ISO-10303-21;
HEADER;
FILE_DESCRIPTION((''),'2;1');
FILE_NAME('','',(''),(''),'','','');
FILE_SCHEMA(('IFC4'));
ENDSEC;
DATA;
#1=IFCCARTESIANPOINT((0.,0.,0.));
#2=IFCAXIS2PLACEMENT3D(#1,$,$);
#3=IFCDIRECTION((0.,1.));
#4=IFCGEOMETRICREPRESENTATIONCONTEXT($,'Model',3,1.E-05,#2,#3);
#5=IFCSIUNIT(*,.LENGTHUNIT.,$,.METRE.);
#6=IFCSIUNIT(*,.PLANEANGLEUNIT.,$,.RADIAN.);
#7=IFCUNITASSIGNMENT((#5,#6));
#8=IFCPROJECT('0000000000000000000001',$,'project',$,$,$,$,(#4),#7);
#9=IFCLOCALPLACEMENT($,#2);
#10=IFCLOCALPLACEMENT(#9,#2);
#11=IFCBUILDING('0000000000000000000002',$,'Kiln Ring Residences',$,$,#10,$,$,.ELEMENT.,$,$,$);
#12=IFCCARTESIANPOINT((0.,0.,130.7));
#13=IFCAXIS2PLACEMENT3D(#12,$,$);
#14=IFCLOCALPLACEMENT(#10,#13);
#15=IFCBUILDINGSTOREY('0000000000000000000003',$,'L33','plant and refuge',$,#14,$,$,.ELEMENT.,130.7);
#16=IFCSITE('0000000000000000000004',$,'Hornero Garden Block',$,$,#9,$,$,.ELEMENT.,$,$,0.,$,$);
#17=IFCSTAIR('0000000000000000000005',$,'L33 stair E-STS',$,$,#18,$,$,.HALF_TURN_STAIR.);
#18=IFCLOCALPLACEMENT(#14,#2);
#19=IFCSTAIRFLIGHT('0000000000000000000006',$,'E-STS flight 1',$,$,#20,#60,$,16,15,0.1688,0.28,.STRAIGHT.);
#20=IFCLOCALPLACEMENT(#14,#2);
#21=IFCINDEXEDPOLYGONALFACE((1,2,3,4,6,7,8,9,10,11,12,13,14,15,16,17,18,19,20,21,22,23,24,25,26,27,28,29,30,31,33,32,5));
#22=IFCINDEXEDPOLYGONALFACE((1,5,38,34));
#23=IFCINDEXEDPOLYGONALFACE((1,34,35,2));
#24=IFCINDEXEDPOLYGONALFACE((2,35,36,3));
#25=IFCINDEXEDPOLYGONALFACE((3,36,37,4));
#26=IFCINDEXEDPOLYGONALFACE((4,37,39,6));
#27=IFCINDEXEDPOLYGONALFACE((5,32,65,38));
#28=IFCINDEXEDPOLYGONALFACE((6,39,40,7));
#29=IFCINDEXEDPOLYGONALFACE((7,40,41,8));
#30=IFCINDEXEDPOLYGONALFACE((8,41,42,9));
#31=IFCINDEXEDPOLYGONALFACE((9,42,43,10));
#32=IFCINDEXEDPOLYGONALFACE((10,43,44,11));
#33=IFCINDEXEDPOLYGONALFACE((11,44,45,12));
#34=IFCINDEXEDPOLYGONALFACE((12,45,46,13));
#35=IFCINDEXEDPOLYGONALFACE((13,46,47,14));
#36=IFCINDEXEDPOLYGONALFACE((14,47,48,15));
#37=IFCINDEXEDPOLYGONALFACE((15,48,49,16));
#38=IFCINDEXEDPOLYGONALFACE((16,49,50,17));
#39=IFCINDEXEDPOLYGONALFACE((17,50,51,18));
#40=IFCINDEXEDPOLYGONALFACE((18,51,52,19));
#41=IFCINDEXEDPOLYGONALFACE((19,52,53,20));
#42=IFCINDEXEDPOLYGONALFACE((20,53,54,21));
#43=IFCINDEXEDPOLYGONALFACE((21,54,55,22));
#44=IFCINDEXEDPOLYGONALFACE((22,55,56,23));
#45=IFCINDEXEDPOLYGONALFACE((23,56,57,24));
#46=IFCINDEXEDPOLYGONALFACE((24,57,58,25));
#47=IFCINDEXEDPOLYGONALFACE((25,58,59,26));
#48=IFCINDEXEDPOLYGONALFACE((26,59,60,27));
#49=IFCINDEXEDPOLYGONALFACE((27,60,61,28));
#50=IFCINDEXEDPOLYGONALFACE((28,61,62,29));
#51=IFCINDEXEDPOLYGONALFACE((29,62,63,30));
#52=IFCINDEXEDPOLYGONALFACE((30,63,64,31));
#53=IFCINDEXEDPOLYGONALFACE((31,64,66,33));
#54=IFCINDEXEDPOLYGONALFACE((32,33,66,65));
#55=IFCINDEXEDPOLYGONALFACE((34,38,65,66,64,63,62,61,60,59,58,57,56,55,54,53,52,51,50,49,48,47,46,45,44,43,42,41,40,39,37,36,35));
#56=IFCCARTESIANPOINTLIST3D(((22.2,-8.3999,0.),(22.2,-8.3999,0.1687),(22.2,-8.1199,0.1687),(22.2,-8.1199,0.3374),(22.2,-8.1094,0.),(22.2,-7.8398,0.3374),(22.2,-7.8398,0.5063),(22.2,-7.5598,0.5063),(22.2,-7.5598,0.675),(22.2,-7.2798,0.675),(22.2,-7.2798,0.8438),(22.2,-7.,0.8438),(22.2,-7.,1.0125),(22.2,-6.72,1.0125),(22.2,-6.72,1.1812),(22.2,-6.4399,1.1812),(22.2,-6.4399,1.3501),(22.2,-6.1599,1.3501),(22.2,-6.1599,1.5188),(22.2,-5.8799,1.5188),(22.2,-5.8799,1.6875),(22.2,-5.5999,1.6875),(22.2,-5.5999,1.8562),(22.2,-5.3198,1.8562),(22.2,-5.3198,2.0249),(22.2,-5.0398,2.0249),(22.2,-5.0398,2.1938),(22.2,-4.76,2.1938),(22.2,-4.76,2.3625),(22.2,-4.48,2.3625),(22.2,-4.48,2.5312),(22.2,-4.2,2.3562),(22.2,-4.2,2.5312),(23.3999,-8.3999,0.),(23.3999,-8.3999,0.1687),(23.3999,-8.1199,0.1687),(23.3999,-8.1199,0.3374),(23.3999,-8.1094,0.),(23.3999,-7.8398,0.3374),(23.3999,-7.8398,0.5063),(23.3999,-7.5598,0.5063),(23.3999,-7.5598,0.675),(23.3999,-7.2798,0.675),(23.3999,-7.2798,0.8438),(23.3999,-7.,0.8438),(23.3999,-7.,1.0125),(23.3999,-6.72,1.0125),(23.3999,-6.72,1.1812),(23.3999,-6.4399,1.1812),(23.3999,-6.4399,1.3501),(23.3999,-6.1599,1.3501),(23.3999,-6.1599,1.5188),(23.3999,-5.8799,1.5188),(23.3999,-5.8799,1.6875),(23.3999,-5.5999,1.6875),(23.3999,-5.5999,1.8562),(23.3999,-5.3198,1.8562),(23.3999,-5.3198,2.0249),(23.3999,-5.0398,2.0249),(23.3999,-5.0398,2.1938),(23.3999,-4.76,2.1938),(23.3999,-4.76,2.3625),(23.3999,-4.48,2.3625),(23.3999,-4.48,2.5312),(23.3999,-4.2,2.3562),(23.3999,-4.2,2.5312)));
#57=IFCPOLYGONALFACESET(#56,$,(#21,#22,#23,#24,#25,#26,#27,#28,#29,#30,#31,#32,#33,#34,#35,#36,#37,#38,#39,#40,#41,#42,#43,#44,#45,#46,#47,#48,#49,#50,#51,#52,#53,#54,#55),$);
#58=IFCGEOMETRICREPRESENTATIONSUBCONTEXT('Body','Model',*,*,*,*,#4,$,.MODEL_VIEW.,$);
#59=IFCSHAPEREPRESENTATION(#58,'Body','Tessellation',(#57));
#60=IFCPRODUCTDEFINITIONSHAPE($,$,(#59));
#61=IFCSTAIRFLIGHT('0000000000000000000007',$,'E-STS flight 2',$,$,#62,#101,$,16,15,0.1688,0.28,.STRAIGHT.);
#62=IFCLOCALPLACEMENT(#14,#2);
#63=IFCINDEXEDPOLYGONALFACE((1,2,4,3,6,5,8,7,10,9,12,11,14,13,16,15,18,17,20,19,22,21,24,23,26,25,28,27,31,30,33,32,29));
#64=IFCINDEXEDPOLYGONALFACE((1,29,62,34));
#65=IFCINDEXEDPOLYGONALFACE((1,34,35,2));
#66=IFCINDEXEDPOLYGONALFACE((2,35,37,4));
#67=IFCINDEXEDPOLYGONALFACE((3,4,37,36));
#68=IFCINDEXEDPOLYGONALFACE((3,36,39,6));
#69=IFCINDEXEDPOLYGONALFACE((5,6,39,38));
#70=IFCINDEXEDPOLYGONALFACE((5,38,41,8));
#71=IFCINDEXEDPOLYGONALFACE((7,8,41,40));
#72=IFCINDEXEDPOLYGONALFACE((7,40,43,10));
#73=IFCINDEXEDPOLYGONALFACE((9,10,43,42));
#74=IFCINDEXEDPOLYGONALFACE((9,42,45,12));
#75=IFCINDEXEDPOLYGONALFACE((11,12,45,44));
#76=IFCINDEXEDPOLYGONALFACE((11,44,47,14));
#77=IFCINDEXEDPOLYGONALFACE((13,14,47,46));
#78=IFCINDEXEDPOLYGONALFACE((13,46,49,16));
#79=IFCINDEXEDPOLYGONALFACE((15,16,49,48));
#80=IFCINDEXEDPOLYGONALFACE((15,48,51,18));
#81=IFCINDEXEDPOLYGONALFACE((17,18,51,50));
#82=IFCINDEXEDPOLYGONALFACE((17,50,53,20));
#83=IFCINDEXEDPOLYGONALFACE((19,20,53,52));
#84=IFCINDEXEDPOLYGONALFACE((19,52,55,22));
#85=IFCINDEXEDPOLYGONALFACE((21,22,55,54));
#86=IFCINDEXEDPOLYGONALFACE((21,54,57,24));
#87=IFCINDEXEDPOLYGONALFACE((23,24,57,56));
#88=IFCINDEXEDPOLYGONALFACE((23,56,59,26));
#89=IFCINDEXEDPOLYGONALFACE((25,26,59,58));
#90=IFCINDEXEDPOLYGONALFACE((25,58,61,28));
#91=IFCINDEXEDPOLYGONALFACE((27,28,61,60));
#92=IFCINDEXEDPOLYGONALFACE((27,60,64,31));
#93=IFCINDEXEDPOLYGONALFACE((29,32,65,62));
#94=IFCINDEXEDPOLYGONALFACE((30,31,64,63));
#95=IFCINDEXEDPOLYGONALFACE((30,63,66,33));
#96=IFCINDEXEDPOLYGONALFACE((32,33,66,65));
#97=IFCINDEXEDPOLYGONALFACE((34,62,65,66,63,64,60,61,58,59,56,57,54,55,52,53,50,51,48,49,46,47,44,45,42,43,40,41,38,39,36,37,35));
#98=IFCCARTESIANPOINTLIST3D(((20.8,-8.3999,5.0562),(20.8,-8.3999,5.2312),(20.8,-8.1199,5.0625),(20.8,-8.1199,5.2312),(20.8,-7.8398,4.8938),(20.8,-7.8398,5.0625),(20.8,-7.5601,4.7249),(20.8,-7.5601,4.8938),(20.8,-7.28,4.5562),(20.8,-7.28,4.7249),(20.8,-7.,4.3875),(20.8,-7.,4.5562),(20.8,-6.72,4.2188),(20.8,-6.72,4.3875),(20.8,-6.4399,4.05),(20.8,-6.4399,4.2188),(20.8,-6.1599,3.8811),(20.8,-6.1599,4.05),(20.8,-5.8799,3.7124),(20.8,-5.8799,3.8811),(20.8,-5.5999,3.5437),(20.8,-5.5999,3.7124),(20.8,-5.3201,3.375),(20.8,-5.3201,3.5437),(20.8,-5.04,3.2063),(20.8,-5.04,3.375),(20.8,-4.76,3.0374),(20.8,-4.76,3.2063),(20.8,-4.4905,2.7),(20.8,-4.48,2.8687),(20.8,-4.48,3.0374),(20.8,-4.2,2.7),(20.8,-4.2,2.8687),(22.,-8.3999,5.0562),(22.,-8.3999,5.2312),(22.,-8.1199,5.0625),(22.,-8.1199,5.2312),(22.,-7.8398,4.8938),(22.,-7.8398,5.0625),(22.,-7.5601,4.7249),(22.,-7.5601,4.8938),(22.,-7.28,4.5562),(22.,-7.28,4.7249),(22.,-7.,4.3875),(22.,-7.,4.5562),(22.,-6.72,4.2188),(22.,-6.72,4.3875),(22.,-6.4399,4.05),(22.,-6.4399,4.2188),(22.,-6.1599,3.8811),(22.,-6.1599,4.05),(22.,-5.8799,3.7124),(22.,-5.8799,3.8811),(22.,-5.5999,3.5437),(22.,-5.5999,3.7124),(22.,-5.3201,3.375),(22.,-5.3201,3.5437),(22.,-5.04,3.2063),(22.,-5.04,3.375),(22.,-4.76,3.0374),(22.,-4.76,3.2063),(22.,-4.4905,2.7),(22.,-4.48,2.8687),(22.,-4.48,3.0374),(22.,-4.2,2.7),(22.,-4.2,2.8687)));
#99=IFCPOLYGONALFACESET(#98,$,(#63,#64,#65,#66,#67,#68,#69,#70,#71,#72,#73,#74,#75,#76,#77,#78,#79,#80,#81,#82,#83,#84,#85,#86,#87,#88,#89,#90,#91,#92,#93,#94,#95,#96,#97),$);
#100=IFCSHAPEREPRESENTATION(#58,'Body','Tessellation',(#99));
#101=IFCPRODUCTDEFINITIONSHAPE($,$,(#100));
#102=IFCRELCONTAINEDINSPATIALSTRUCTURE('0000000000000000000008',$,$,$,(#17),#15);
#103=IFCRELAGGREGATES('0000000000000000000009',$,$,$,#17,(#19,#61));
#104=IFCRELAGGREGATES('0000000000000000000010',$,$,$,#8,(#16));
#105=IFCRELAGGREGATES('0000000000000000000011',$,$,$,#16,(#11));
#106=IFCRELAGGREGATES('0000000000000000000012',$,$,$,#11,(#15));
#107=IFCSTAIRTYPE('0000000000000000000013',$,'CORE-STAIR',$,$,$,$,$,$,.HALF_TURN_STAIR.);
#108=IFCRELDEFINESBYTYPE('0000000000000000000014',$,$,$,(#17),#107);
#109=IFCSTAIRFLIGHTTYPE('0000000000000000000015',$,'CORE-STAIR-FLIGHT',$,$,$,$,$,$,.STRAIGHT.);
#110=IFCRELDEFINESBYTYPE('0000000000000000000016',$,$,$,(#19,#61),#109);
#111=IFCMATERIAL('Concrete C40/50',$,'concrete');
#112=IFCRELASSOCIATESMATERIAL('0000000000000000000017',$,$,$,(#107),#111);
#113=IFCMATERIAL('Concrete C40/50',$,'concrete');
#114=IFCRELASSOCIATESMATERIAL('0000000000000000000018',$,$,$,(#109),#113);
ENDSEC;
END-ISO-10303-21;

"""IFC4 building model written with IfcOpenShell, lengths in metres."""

from ifc_helpers import new_model, si_unit, direction, frame, origin, place, context, subcontext, project, spatial, polyline, outline, extrude, material, type_object, element, aggregate, save


model = new_model("IFC4")

# Units and contexts
model_context = context("Model", 3, precision=1e-05, world=origin(), true_north=direction((0.0, 1.0)))
body_context = subcontext(model_context, "Body", "Model", "MODEL_VIEW")
ifc_project = project(units=[si_unit("LENGTHUNIT", "METRE"), si_unit("PLANEANGLEUNIT", "RADIAN")], contexts=[model_context])

# Site, building, storey
site_placement = place(None, origin())
site = spatial("IfcSite", under=ifc_project, at=site_placement, Name="Hornero Garden Block", CompositionType="ELEMENT", RefElevation=0.0)
building_placement = place(site_placement, origin())
building = spatial("IfcBuilding", under=site, at=building_placement, Name="Kiln Ring Residences", CompositionType="ELEMENT")
storey_placement = place(building_placement, frame((0.0, 0.0, 130.7)))
storey = spatial("IfcBuildingStorey", under=building, at=storey_placement, Name="L33", Description="plant and refuge", CompositionType="ELEMENT", Elevation=130.7)

# Stair, stair flights
ifc_material_1 = material(Name="Concrete C40/50", Category="concrete")
stair_type = type_object("IfcStairType", Name="CORE-STAIR", PredefinedType="HALF_TURN_STAIR", material=ifc_material_1)
stair_placement = place(storey_placement, origin())
stair = element("IfcStair", 1, at=stair_placement, inside=storey, type_object=stair_type, Name="L33 stair E-STS", PredefinedType="HALF_TURN_STAIR")
ifc_material_2 = material(Name="Concrete C40/50", Category="concrete")
stair_flight_type = type_object("IfcStairFlightType", Name="CORE-STAIR-FLIGHT", PredefinedType="STRAIGHT", material=ifc_material_2)
stair_flight_1_placement = place(storey_placement, frame((22.8, -8.3999, 0.0), z_axis=(0.0, 0.0, 1.0), x_axis=(0.0, 1.0, 0.0)))
stair_flight_1 = element("IfcStairFlight", 2, at=stair_flight_1_placement, type_object=stair_flight_type, Name="E-STS flight 1", NumberOfRisers=16, NumberOfTreads=15, PredefinedType="STRAIGHT", RiserHeight=0.1688, TreadLength=0.28, context=body_context, shape_type="SweptSolid", body=[
    extrude(outline(polyline([(0.0, 0.0), (0.0, 0.1687), (0.28, 0.1687), (0.28, 0.3374), (0.5601, 0.3374), (0.5601, 0.5063), (0.8401, 0.5063), (0.8401, 0.675), (1.1201, 0.675), (1.1201, 0.8438), (1.3999, 0.8438), (1.3999, 1.0125), (1.6799, 1.0125), (1.6799, 1.1812), (1.96, 1.1812), (1.96, 1.3501), (2.24, 1.3501), (2.24, 1.5188), (2.52, 1.5188), (2.52, 1.6875), (2.8, 1.6875), (2.8, 1.8562), (3.0801, 1.8562), (3.0801, 2.0249), (3.3601, 2.0249), (3.3601, 2.1938), (3.6399, 2.1938), (3.6399, 2.3625), (3.9199, 2.3625), (3.9199, 2.5312), (4.2, 2.5312), (4.2, 2.7), (4.2, 2.3562), (0.2905, 0.0), (0.0, 0.0)])), frame((0.0, 0.6001, 0.0), z_axis=(0.0, -1.0, 0.0), x_axis=(1.0, 0.0, 0.0)), (0.0, 0.0, 1.0), 1.2),
])
stair_flight_2_placement = place(storey_placement, frame((21.3999, -4.2, 2.7), z_axis=(0.0, 0.0, 1.0), x_axis=(0.0, -1.0, 0.0)))
stair_flight_2 = element("IfcStairFlight", 3, at=stair_flight_2_placement, type_object=stair_flight_type, Name="E-STS flight 2", NumberOfRisers=16, NumberOfTreads=15, PredefinedType="STRAIGHT", RiserHeight=0.1688, TreadLength=0.28, context=body_context, shape_type="SweptSolid", body=[
    extrude(outline(polyline([(0.0, 0.0), (0.0, 0.1687), (0.28, 0.1687), (0.28, 0.3374), (0.5601, 0.3374), (0.5601, 0.5063), (0.8401, 0.5063), (0.8401, 0.675), (1.1201, 0.675), (1.1201, 0.8438), (1.3999, 0.8438), (1.3999, 1.0125), (1.6799, 1.0125), (1.6799, 1.1812), (1.96, 1.1812), (1.96, 1.3501), (2.24, 1.3501), (2.24, 1.5188), (2.52, 1.5188), (2.52, 1.6875), (2.8, 1.6875), (2.8, 1.8562), (3.0801, 1.8562), (3.0801, 2.0249), (3.3601, 2.0249), (3.3601, 2.1938), (3.6399, 2.1938), (3.6399, 2.3625), (3.9199, 2.3625), (3.9199, 2.5312), (4.2, 2.5312), (4.2, 2.7), (4.2, 2.3562), (0.2905, 0.0), (0.0, 0.0)])), frame((0.0, 0.6001, 0.0), z_axis=(0.0, -1.0, 0.0), x_axis=(1.0, 0.0, 0.0)), (0.0, 0.0, 1.0), 1.2),
])
aggregate(stair, [stair_flight_1, stair_flight_2])

save(model, "model.ifc")
